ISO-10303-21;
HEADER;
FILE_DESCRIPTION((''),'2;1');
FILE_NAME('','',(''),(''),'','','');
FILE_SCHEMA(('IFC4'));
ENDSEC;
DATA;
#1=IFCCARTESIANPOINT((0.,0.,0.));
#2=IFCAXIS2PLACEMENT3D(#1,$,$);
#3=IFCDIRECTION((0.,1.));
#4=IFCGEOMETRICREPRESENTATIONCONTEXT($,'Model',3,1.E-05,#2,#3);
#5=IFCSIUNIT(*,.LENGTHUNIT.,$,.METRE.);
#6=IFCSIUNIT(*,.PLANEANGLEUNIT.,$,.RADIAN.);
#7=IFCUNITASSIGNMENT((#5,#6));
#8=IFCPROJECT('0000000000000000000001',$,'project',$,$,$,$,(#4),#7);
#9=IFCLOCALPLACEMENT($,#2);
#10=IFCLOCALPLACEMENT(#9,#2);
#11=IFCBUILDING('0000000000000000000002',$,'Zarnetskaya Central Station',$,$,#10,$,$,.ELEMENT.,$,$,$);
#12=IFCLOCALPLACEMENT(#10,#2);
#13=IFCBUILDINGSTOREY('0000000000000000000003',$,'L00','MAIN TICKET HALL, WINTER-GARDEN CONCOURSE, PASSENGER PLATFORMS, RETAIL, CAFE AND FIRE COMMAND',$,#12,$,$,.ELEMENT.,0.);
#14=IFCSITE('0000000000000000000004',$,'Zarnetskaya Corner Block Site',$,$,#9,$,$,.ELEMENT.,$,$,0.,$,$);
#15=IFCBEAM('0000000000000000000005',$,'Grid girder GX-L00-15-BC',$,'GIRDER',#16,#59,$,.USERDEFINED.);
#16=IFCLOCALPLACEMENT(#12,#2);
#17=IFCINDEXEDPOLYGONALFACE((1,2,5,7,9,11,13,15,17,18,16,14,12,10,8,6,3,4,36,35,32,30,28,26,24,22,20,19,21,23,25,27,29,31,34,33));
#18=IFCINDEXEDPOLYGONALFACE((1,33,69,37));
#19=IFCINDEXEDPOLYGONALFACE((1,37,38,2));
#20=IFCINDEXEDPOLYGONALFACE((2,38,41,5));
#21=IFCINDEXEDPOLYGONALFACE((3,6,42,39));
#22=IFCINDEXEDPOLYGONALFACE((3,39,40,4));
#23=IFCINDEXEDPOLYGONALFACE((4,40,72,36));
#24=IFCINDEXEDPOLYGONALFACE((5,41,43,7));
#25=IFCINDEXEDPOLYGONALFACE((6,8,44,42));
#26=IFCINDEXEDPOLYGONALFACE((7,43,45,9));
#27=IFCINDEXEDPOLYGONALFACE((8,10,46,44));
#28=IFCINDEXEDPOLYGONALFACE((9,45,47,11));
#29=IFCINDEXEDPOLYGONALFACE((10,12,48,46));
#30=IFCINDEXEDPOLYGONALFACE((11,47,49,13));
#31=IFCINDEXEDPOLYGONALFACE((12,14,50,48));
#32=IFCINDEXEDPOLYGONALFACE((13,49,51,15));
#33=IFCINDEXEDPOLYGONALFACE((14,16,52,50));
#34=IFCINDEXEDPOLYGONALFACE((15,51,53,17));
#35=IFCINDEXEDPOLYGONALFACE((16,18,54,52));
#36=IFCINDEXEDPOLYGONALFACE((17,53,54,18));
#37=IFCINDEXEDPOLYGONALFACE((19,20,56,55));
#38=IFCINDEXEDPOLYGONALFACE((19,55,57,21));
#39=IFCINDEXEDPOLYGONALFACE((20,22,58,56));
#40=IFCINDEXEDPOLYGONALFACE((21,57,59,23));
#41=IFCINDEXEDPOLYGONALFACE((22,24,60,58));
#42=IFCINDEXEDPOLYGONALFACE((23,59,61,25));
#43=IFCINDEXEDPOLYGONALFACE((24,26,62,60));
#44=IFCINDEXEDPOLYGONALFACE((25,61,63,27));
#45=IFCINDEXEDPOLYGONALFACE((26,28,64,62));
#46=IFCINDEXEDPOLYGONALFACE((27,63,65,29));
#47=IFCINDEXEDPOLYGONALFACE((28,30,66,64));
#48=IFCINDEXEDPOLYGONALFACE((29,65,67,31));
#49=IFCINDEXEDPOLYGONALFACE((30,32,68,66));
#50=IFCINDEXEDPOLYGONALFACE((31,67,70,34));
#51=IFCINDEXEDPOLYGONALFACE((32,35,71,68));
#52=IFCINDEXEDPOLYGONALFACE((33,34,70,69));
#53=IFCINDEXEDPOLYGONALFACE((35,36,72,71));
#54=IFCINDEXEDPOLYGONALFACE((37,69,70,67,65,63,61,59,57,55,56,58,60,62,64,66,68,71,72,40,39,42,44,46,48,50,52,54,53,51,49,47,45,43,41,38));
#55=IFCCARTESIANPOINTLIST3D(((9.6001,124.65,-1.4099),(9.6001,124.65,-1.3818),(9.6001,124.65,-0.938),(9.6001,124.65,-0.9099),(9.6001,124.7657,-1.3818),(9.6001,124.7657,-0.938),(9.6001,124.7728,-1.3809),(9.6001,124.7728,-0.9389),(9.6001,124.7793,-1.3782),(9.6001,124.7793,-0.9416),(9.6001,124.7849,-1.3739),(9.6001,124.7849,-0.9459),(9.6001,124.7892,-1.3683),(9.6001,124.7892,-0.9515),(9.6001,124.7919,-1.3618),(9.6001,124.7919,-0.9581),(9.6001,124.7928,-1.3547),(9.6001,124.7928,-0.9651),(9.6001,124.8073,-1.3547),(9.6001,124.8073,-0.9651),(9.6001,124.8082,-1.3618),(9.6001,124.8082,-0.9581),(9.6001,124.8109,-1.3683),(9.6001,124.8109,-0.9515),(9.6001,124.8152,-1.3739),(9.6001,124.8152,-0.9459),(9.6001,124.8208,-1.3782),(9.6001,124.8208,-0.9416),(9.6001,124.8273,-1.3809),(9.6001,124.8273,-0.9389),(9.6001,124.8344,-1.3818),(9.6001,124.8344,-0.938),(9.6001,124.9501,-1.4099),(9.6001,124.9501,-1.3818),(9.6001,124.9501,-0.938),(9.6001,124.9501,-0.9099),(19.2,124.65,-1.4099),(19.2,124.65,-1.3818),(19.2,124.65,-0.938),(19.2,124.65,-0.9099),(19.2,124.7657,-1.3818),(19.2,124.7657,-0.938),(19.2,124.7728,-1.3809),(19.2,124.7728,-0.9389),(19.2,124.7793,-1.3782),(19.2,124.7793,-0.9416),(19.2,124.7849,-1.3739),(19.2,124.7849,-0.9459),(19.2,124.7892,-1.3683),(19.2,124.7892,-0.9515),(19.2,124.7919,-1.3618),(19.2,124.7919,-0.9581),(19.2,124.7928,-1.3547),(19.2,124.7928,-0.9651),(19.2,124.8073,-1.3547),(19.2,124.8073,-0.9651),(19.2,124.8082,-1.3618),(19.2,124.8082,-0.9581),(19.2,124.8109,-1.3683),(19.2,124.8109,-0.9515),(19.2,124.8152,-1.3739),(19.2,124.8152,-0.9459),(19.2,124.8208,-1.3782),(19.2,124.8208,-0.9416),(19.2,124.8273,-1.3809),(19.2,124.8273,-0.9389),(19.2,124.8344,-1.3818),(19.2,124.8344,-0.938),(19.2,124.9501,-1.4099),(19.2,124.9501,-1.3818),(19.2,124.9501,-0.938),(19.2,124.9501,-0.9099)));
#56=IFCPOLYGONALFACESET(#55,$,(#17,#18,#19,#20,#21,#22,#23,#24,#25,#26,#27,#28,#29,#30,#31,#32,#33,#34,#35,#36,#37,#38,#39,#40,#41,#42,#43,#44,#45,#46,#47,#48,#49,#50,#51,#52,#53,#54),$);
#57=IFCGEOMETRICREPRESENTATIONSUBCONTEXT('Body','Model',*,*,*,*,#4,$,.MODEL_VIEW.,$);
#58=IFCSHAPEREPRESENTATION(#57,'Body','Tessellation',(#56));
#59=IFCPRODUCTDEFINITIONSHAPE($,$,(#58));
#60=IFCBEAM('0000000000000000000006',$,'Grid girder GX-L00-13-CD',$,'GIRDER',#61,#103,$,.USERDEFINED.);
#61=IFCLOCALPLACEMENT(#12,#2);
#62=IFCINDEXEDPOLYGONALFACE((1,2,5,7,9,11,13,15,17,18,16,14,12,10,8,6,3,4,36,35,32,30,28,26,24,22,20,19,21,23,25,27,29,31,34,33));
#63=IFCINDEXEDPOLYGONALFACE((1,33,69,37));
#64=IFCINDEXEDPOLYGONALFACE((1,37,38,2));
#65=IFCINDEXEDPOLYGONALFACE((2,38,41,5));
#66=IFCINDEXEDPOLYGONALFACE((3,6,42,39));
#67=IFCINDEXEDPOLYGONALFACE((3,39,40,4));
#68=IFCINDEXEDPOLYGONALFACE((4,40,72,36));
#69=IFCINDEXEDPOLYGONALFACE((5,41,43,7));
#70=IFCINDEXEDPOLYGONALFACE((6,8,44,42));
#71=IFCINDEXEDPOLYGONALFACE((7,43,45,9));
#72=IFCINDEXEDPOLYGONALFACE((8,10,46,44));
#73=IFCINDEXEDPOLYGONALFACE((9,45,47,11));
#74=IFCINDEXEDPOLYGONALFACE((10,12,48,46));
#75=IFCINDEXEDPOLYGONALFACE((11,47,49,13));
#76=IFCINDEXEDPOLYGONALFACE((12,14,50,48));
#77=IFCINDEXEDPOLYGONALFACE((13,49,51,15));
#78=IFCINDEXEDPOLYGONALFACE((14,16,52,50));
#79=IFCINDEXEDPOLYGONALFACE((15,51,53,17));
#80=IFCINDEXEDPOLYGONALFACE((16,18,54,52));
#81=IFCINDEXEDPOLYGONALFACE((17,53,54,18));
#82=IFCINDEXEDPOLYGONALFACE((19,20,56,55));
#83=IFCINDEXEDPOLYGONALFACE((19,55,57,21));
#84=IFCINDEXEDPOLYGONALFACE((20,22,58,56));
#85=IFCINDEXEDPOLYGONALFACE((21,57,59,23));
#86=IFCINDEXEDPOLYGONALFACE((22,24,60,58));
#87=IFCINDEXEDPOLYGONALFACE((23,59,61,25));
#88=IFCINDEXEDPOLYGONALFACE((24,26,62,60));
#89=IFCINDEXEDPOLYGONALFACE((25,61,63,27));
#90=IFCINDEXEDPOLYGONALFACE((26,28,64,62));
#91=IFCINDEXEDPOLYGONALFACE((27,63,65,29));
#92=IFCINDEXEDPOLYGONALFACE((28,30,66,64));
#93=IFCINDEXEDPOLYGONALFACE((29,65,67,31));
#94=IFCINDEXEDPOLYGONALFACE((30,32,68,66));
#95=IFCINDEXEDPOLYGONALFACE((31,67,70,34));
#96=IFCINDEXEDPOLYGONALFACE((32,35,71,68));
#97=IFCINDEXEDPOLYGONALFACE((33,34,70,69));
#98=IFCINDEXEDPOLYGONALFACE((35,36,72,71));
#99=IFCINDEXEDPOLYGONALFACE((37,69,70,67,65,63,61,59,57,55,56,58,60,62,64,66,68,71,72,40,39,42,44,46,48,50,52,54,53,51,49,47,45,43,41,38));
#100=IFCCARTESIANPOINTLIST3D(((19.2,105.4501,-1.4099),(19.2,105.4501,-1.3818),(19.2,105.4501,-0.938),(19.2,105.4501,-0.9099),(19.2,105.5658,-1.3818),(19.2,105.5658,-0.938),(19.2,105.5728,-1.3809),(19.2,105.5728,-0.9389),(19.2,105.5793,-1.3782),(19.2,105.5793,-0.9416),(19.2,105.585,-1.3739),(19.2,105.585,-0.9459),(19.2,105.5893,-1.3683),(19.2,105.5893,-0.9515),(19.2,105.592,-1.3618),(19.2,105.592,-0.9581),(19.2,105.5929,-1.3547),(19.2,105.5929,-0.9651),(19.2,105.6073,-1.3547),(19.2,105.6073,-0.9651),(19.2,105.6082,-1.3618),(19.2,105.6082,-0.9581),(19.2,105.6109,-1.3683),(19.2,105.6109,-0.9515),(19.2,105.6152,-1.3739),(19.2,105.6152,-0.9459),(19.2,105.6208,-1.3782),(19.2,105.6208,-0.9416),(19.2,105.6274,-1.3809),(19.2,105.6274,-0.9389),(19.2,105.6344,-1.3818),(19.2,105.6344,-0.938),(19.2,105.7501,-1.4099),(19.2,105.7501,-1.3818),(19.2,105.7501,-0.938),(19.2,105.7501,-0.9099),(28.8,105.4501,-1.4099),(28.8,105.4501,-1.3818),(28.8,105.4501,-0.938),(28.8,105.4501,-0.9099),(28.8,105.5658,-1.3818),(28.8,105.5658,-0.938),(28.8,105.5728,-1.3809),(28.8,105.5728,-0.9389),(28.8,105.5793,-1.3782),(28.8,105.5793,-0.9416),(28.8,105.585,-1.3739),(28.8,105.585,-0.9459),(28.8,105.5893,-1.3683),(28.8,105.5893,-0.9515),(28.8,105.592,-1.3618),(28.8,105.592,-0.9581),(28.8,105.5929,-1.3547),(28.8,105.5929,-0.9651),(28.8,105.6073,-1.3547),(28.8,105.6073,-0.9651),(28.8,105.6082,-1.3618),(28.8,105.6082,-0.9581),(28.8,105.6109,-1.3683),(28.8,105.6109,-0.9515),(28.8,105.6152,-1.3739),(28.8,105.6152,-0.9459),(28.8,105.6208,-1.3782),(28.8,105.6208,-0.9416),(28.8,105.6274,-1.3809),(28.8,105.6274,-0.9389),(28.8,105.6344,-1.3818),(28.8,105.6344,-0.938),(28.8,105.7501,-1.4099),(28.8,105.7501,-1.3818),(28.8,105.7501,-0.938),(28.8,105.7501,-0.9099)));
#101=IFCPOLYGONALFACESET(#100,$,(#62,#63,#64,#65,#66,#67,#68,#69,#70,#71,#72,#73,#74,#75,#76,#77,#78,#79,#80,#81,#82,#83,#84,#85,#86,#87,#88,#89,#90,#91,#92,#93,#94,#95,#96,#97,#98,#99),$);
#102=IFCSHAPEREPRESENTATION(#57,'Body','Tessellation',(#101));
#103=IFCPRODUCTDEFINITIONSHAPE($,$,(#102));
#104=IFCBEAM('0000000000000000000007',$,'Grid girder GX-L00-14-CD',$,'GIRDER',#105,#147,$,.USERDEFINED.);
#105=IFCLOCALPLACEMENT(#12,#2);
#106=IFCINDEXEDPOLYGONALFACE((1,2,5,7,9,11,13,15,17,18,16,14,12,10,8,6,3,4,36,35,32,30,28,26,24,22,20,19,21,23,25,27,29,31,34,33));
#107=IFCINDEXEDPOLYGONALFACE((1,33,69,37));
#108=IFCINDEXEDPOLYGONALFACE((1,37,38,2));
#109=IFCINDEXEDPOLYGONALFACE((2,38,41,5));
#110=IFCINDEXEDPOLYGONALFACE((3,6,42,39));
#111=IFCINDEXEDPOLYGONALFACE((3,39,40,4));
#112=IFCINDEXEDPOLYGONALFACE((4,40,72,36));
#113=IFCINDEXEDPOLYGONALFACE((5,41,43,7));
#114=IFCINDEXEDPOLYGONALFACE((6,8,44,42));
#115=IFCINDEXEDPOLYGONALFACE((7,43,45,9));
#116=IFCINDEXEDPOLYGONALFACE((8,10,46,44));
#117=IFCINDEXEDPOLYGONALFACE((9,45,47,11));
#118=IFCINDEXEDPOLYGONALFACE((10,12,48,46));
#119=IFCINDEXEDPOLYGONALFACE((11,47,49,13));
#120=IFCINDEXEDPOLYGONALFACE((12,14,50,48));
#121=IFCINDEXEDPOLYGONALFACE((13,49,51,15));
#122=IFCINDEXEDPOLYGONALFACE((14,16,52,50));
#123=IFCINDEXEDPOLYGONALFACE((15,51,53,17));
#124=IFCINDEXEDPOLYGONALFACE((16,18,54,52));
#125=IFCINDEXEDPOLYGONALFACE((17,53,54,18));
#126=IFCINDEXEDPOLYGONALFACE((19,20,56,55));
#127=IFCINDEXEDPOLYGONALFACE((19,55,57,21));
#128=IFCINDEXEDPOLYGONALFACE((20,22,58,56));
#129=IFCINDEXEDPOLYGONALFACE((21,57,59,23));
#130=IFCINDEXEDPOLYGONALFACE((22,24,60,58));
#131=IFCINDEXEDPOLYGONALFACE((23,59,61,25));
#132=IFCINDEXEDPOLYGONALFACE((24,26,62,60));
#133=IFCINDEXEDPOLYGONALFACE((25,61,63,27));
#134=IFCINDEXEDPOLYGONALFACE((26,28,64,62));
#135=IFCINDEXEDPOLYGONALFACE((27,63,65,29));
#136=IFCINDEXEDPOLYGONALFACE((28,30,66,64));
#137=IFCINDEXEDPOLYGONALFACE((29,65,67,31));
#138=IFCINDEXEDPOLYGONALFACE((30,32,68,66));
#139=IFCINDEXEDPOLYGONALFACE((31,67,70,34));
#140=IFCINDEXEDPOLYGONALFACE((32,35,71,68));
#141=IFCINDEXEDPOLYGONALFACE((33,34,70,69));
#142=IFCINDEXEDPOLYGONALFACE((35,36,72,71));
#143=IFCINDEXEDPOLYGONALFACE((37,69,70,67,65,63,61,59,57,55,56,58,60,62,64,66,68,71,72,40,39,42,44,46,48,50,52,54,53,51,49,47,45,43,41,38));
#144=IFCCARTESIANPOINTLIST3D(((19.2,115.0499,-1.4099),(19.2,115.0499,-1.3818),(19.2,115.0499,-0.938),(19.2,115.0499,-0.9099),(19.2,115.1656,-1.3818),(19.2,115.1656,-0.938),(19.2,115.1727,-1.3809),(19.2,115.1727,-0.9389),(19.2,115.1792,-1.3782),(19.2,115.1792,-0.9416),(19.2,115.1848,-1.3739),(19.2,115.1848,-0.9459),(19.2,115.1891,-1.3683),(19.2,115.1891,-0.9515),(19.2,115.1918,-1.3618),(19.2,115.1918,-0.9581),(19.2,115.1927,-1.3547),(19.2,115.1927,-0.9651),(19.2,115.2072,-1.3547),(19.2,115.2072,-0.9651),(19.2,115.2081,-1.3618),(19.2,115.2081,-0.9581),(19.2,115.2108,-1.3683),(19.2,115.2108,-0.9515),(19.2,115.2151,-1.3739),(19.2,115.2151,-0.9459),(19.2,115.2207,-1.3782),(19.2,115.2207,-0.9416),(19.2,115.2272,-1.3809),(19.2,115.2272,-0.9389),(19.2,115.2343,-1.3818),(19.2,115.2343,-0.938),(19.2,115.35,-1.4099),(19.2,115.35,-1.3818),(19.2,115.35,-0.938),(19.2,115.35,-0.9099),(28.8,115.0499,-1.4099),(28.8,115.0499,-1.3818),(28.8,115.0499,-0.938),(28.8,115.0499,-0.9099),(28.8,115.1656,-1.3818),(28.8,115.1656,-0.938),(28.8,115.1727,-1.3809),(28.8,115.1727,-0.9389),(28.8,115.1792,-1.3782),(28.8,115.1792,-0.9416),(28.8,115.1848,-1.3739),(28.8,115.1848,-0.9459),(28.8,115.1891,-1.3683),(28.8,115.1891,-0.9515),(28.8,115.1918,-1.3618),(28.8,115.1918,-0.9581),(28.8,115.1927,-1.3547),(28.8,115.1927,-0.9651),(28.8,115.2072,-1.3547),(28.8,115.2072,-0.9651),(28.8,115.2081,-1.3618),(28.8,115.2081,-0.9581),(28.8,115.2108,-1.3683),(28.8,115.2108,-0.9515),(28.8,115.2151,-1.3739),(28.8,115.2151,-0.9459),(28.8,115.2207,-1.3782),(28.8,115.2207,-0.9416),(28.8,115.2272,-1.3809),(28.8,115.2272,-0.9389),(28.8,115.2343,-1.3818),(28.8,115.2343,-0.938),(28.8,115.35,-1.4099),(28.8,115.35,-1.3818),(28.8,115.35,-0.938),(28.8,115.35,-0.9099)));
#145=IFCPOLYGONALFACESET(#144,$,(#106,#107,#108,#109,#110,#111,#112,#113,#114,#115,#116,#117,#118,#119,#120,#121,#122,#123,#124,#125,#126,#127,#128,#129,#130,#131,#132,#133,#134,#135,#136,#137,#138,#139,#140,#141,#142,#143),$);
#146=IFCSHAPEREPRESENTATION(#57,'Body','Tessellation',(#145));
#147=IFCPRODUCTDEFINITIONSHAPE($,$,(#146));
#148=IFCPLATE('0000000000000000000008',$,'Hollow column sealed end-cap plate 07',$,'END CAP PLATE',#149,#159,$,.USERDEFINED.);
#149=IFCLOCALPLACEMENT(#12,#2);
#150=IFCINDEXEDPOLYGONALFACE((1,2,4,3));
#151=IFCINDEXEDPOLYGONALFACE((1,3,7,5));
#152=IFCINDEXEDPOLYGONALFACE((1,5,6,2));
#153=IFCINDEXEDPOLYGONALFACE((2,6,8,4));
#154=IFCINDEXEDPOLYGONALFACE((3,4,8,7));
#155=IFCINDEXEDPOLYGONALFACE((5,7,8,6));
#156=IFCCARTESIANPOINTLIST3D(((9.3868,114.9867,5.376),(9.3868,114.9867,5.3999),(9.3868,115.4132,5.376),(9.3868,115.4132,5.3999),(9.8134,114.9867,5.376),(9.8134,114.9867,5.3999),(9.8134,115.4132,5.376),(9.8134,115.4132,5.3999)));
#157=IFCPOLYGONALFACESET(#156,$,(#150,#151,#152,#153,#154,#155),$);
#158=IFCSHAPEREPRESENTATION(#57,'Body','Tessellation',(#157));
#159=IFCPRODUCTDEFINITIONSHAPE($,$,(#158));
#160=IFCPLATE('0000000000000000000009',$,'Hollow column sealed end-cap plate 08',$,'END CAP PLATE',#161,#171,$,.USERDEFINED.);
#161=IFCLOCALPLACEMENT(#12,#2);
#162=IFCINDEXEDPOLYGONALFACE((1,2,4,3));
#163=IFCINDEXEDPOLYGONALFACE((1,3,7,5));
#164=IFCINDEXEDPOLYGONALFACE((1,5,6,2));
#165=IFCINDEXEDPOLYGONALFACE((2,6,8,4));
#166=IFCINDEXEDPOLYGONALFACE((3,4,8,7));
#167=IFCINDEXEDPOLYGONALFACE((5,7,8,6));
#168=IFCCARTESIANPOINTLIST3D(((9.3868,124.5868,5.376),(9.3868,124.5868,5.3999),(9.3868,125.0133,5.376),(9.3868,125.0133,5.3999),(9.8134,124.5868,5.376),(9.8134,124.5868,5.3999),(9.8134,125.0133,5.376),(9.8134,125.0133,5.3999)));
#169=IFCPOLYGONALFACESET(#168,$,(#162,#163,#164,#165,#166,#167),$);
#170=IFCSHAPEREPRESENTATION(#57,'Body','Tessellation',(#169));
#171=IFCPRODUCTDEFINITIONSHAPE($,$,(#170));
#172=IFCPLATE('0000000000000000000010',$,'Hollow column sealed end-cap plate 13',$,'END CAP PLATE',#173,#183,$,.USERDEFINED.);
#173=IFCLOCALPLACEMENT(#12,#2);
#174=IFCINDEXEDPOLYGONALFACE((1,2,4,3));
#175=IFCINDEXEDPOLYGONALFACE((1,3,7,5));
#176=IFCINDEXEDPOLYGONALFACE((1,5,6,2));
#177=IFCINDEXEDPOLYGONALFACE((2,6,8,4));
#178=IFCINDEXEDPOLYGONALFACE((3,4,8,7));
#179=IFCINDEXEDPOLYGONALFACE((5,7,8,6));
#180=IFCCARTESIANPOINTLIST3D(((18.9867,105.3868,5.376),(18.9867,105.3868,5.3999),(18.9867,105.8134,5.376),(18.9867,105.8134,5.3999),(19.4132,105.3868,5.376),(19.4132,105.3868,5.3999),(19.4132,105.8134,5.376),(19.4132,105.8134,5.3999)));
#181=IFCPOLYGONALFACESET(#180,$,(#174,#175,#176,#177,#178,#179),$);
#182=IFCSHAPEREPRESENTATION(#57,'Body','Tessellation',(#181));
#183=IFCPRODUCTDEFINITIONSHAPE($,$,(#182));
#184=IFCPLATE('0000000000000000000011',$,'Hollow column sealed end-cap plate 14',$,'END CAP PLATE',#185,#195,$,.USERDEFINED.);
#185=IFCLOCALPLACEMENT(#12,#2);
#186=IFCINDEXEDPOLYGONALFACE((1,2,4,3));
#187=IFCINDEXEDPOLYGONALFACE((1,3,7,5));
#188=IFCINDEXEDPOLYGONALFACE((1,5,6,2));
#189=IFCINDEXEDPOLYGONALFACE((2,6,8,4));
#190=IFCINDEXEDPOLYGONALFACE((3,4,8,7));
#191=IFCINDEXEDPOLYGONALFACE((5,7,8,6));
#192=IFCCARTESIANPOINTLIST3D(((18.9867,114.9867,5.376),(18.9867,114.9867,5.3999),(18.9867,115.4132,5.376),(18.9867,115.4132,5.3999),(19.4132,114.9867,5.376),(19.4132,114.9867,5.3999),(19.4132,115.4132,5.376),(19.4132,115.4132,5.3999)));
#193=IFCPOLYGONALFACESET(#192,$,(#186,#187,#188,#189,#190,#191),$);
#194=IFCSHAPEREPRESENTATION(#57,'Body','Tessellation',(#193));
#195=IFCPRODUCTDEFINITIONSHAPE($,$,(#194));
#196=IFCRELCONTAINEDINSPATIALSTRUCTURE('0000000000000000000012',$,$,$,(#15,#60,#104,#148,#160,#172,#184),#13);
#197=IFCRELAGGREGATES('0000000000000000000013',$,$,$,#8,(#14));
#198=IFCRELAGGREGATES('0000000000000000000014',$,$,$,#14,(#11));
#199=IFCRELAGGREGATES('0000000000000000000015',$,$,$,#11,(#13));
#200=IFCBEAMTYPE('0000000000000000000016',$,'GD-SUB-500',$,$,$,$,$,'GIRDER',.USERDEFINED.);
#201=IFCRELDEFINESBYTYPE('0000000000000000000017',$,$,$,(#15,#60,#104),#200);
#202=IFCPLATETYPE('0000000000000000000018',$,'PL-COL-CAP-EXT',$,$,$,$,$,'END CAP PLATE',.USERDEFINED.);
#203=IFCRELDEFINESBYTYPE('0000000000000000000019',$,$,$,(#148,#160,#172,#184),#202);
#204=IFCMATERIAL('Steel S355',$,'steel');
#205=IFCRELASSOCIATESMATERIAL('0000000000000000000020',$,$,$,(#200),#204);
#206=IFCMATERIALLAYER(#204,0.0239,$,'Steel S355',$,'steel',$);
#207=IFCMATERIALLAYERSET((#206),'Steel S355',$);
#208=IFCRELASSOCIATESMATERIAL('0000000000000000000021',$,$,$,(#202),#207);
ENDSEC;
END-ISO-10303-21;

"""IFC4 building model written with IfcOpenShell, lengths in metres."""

from ifc_helpers import new_model, si_unit, direction, frame, origin, origin_2d, place, context, subcontext, project, spatial, rectangle, i_section, extrude, material, layer, layer_set, material_profile, profile_set, type_object, element, save


model = new_model("IFC4")

# Units and contexts
model_context = context("Model", 3, precision=1e-05, world=origin(), true_north=direction((0.0, 1.0)))
body_context = subcontext(model_context, "Body", "Model", "MODEL_VIEW")
ifc_project = project(units=[si_unit("LENGTHUNIT", "METRE"), si_unit("PLANEANGLEUNIT", "RADIAN")], contexts=[model_context])

# Site, building, storey
site_placement = place(None, origin())
site = spatial("IfcSite", under=ifc_project, at=site_placement, Name="Zarnetskaya Corner Block Site", CompositionType="ELEMENT", RefElevation=0.0)
building_placement = place(site_placement, origin())
building = spatial("IfcBuilding", under=site, at=building_placement, Name="Zarnetskaya Central Station", CompositionType="ELEMENT")
storey_placement = place(building_placement, origin())
storey = spatial("IfcBuildingStorey", under=building, at=storey_placement, Name="L00", Description="MAIN TICKET HALL, WINTER-GARDEN CONCOURSE, PASSENGER PLATFORMS, RETAIL, CAFE AND FIRE COMMAND", CompositionType="ELEMENT", Elevation=0.0)

# Shared definitions
ifc_material = material(Name="Steel S355", Category="steel")

# Beams
ifc_material_profile_1 = material_profile(ifc_material, i_section(OverallWidth=0.3, OverallDepth=0.5, WebThickness=0.0144, FlangeThickness=0.0281, FilletRadius=0.0271, at=origin_2d()), Name="HEB 500")
ifc_profile_set_1 = profile_set([ifc_material_profile_1], Name="Steel S355")
beam_type_1 = type_object("IfcBeamType", Name="GD-SUB-500", ElementType="GIRDER", PredefinedType="USERDEFINED", material=ifc_profile_set_1)
for number, where, z_axis, x_axis, name in (
    (1, (9.6001, 124.8, -1.1599), (1.0, 0.0, 0.0), (0.0, 1.0, 0.0), "Grid girder GX-L00-15-BC"),
):
    element("IfcBeam", number, at=place(storey_placement, frame(where, z_axis=z_axis, x_axis=x_axis)), inside=storey, type_object=beam_type_1, Name=name, ObjectType="GIRDER", PredefinedType="USERDEFINED", context=body_context, shape_type="SweptSolid", body=[
        extrude(i_section(OverallWidth=0.3, OverallDepth=0.5, WebThickness=0.0144, FlangeThickness=0.0281, FilletRadius=0.0271, at=origin_2d()), origin(), (0.0, 0.0, 1.0), 9.5999),
    ])
for number, where, z_axis, x_axis, name in (
    (2, (19.2, 105.6001, -1.1599), (1.0, 0.0, 0.0), (0.0, 1.0, 0.0), "Grid girder GX-L00-13-CD"),
    (3, (19.2, 115.2, -1.1599), (1.0, 0.0, 0.0), (0.0, 1.0, 0.0), "Grid girder GX-L00-14-CD"),
):
    element("IfcBeam", number, at=place(storey_placement, frame(where, z_axis=z_axis, x_axis=x_axis)), inside=storey, type_object=beam_type_1, Name=name, ObjectType="GIRDER", PredefinedType="USERDEFINED", context=body_context, shape_type="SweptSolid", body=[
        extrude(i_section(OverallWidth=0.3, OverallDepth=0.5, WebThickness=0.0144, FlangeThickness=0.0281, FilletRadius=0.0271, at=origin_2d()), origin(), (0.0, 0.0, 1.0), 9.6001),
    ])

# Plates
ifc_layer = layer(ifc_material, 0.0239, Name="Steel S355", Category="steel")
ifc_layer_set = layer_set([ifc_layer], Name="Steel S355")
plate_type = type_object("IfcPlateType", Name="PL-COL-CAP-EXT", ElementType="END CAP PLATE", PredefinedType="USERDEFINED", material=ifc_layer_set)
for number, where, z_axis, x_axis, name in (
    (4, (9.6001, 115.2, 5.376), (0.0, 0.0, 1.0), (1.0, 0.0, 0.0), "Hollow column sealed end-cap plate 07"),
    (5, (9.6001, 124.8, 5.376), (0.0, 0.0, 1.0), (1.0, 0.0, 0.0), "Hollow column sealed end-cap plate 08"),
    (6, (19.2, 105.6001, 5.376), (0.0, 0.0, 1.0), (1.0, 0.0, 0.0), "Hollow column sealed end-cap plate 13"),
    (7, (19.2, 115.2, 5.376), (0.0, 0.0, 1.0), (1.0, 0.0, 0.0), "Hollow column sealed end-cap plate 14"),
):
    element("IfcPlate", number, at=place(storey_placement, frame(where, z_axis=z_axis, x_axis=x_axis)), inside=storey, type_object=plate_type, Name=name, ObjectType="END CAP PLATE", PredefinedType="USERDEFINED", context=body_context, shape_type="SweptSolid", body=[
        extrude(rectangle(XDim=0.4265, YDim=0.4265, at=origin_2d()), origin(), (0.0, 0.0, 1.0), 0.0239),
    ])

save(model, "model.ifc")
